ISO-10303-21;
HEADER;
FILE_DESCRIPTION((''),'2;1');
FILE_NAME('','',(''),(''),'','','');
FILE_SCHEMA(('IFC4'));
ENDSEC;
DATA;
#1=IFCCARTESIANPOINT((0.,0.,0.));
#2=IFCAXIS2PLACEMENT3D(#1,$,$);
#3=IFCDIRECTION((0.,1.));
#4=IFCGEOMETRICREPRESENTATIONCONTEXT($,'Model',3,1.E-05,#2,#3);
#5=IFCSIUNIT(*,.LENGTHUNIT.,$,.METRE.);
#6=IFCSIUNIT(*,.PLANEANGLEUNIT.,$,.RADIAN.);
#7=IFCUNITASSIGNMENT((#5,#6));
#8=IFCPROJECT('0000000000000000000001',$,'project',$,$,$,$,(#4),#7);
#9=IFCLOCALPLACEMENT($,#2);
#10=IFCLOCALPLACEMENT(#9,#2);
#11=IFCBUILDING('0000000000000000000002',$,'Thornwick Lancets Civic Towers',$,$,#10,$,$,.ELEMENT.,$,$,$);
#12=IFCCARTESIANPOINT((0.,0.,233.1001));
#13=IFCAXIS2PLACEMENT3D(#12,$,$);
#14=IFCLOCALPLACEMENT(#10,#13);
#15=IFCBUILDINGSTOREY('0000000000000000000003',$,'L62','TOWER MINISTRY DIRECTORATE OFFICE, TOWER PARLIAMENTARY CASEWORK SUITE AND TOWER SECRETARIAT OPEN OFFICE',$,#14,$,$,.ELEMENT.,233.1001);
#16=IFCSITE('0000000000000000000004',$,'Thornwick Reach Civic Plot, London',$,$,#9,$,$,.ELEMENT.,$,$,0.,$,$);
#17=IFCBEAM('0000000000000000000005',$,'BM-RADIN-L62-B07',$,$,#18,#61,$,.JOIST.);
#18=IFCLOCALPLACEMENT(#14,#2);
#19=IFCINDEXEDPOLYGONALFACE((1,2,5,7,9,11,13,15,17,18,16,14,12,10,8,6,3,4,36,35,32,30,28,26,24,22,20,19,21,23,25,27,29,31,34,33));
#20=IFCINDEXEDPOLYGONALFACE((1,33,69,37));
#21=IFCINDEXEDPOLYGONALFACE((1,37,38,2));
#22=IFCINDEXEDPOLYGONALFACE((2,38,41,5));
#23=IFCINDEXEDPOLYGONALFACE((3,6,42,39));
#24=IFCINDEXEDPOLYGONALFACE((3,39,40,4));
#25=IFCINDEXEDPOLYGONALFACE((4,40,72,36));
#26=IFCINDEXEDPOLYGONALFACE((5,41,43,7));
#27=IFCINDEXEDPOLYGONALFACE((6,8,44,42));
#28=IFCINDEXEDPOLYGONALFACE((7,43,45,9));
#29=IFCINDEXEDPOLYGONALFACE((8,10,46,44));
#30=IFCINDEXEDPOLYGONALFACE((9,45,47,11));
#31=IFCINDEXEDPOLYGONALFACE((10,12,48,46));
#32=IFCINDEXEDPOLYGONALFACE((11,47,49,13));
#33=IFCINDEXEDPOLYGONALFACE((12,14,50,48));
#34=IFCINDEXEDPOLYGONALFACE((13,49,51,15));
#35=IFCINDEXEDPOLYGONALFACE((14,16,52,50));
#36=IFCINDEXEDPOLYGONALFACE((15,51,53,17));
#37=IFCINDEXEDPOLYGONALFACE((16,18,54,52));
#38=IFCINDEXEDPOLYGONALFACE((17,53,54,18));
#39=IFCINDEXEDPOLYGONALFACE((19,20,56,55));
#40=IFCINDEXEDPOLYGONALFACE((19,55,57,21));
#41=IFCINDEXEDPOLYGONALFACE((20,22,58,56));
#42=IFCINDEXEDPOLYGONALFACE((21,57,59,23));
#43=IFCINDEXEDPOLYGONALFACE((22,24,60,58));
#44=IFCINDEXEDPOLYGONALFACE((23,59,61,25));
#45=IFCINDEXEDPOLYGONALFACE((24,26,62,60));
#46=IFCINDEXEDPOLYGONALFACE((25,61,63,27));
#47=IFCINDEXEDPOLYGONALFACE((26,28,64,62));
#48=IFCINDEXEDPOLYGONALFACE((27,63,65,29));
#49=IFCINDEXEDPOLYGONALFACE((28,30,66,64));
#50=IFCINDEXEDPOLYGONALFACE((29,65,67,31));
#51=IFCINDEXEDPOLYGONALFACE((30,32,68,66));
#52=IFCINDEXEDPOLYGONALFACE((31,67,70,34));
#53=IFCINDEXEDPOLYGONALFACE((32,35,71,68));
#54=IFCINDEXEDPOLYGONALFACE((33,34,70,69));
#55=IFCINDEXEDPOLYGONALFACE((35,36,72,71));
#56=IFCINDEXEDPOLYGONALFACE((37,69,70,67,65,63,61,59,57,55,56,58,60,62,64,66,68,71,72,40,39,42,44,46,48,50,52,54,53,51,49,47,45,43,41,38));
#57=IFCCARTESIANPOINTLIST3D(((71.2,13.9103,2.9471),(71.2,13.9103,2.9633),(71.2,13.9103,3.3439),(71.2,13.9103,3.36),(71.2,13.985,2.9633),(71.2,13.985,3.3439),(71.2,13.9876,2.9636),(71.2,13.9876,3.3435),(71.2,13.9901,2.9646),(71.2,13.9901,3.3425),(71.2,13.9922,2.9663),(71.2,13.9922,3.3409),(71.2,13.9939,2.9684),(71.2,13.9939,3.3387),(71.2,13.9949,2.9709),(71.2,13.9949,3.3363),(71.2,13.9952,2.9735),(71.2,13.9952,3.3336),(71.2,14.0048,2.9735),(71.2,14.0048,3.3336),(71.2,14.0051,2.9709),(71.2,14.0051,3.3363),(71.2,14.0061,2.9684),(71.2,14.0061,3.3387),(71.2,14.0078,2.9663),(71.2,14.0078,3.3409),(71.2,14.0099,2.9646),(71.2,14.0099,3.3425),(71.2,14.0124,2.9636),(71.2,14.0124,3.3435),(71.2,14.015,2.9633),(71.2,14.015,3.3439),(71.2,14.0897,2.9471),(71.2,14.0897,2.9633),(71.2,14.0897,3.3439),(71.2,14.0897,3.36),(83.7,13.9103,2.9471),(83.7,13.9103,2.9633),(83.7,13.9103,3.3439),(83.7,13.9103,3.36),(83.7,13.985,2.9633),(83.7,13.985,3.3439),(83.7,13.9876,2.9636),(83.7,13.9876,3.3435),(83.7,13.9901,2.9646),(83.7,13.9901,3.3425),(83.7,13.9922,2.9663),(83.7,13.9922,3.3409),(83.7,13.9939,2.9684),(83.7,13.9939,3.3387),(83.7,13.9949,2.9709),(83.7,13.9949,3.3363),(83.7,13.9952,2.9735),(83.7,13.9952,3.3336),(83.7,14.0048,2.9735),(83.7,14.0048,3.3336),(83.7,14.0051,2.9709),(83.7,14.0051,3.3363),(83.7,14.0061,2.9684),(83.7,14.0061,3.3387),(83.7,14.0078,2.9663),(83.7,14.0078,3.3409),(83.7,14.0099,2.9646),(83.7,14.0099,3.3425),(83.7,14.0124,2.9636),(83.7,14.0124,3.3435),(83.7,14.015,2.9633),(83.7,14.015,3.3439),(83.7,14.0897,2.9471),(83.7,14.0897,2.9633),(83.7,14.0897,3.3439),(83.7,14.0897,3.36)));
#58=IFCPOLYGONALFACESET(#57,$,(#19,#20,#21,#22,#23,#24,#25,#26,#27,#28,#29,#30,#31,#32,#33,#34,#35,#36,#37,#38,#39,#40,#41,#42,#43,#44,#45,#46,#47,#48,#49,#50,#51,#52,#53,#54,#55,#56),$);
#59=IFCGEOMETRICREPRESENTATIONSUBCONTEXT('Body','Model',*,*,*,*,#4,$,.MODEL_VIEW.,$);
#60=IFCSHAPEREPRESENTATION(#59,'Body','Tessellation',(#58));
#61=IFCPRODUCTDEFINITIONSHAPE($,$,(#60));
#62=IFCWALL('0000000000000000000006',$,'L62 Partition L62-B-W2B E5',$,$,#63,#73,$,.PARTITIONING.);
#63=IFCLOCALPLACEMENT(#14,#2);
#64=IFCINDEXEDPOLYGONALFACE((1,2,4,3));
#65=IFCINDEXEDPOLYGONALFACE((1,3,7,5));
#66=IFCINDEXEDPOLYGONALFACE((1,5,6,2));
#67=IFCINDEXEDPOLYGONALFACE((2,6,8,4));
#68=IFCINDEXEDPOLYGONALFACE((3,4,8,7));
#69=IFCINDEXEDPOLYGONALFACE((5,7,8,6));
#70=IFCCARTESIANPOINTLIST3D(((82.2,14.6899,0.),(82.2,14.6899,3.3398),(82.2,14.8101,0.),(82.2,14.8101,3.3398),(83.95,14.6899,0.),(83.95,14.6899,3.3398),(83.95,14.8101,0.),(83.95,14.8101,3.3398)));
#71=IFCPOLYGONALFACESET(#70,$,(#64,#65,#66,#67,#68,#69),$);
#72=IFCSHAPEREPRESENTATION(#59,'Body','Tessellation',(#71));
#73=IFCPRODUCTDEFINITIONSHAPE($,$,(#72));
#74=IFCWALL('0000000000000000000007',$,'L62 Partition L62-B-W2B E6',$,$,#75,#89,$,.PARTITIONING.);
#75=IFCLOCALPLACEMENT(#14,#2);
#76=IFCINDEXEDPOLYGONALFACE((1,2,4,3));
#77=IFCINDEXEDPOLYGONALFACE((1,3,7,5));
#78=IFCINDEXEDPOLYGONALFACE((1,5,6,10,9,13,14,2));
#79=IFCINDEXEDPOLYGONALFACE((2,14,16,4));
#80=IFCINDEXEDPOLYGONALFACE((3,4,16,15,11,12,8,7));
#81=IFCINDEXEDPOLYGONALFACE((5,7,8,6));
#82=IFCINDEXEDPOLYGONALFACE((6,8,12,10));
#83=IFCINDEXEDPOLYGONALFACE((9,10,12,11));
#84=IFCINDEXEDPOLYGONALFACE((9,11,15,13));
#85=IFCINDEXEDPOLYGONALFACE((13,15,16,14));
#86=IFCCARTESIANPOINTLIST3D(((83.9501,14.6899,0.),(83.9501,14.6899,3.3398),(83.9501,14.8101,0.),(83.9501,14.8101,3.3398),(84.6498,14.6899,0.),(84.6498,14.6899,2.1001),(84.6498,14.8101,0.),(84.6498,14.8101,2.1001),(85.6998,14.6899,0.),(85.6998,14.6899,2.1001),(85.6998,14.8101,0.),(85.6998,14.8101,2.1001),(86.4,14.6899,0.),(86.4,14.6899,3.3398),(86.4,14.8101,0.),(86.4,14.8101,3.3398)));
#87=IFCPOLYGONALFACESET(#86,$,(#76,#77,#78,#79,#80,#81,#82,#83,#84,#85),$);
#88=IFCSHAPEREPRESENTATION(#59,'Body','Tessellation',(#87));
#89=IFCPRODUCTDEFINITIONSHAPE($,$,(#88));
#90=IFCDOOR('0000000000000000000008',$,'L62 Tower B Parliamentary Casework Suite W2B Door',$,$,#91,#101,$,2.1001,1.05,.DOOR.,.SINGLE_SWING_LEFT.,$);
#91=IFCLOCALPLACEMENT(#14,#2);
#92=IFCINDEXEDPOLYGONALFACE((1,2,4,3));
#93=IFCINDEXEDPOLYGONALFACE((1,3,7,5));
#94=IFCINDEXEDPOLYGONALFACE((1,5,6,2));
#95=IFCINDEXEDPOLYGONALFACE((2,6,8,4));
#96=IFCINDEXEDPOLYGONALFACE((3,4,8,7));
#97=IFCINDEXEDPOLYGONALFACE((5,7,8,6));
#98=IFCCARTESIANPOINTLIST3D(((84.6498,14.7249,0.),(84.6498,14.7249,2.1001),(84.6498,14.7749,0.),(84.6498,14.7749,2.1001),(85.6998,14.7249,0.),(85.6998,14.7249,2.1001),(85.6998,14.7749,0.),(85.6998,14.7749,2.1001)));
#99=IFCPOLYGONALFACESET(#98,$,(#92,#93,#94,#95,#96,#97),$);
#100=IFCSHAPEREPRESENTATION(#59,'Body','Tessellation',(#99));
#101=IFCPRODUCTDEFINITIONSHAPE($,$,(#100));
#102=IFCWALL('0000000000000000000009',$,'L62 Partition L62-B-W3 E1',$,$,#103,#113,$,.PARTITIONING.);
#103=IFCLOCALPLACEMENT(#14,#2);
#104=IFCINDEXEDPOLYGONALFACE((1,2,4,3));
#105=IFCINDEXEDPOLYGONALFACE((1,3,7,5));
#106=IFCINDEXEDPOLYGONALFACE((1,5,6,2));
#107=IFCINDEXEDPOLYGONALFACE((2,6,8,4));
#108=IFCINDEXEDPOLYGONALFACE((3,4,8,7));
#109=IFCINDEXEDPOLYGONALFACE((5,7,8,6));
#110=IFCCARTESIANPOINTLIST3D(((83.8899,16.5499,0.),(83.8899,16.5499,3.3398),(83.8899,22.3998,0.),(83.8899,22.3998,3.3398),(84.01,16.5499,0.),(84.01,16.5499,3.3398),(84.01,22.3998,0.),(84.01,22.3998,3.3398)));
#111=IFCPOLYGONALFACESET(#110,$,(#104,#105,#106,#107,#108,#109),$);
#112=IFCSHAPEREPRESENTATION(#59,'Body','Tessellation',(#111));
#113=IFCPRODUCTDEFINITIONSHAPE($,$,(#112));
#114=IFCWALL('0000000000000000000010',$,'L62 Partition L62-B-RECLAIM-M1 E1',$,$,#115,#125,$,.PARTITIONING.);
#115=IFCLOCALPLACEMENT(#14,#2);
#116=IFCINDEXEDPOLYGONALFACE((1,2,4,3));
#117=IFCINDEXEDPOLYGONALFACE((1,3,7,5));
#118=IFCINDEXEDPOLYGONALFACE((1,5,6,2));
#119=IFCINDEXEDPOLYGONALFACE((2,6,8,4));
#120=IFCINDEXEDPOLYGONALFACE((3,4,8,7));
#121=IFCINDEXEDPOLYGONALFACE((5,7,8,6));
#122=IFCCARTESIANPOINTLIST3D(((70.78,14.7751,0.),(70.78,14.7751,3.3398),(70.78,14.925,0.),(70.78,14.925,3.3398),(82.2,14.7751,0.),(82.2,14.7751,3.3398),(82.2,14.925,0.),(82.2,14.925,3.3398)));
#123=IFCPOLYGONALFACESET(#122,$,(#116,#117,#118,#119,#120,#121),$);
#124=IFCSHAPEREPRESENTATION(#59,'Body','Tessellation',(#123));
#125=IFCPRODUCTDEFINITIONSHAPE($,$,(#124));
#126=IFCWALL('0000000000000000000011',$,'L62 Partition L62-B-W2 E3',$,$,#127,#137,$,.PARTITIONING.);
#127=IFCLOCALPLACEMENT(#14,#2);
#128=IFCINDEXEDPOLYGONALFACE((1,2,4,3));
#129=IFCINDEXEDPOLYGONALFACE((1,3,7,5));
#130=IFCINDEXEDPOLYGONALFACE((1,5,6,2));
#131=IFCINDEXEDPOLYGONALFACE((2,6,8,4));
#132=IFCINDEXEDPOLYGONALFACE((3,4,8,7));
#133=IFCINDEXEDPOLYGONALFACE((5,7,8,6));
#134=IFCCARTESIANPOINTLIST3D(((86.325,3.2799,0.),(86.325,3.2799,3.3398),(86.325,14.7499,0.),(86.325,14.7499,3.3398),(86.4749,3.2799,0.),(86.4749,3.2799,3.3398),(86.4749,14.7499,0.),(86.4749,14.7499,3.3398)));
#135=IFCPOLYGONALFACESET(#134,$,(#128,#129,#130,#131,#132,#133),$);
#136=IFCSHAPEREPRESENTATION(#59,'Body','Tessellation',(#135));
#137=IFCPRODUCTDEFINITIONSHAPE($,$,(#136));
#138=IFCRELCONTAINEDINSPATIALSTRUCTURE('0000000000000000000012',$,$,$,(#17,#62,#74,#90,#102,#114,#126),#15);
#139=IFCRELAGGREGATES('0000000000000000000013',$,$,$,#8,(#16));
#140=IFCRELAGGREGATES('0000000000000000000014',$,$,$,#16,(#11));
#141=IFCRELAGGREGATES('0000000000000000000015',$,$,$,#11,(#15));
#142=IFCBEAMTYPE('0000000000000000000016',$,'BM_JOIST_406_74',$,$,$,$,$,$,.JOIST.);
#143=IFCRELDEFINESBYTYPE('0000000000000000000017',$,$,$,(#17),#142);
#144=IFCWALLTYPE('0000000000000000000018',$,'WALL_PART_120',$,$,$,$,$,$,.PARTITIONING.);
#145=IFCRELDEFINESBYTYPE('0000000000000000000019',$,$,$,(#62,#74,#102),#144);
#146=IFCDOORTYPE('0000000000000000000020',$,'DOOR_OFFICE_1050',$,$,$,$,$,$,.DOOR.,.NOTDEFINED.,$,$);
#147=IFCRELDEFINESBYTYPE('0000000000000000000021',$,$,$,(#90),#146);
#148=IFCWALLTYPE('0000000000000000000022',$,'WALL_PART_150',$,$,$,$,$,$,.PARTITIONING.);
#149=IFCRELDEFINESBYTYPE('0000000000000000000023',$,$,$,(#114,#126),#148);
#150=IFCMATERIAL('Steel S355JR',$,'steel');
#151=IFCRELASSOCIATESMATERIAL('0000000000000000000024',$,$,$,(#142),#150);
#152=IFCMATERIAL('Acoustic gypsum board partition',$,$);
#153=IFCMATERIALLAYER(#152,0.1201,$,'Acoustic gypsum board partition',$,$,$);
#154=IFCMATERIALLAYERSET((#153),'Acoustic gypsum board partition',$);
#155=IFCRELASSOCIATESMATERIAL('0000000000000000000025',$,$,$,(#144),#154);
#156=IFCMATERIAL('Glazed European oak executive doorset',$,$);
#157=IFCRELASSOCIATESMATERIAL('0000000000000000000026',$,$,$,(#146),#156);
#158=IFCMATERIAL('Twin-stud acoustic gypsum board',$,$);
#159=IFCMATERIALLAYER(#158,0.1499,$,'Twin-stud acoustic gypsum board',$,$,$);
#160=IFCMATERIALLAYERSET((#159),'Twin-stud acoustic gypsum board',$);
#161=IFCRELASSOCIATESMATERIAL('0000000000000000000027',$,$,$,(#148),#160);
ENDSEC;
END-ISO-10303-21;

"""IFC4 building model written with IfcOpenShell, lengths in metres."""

from ifc_helpers import new_model, si_unit, direction, frame, frame_2d, origin, origin_2d, place, context, subcontext, project, spatial, rectangle, i_section, extrude, material, layer, layer_set, material_profile, profile_set, type_object, element, fill, save


model = new_model("IFC4")

# Units and contexts
model_context = context("Model", 3, precision=1e-05, world=origin(), true_north=direction((0.0, 1.0)))
body_context = subcontext(model_context, "Body", "Model", "MODEL_VIEW")
ifc_project = project(units=[si_unit("LENGTHUNIT", "METRE"), si_unit("PLANEANGLEUNIT", "RADIAN")], contexts=[model_context])

# Site, building, storey
site_placement = place(None, origin())
site = spatial("IfcSite", under=ifc_project, at=site_placement, Name="Thornwick Reach Civic Plot, London", CompositionType="ELEMENT", RefElevation=0.0)
building_placement = place(site_placement, origin())
building = spatial("IfcBuilding", under=site, at=building_placement, Name="Thornwick Lancets Civic Towers", CompositionType="ELEMENT")
storey_placement = place(building_placement, frame((0.0, 0.0, 233.1001)))
storey = spatial("IfcBuildingStorey", under=building, at=storey_placement, Name="L62", Description="TOWER MINISTRY DIRECTORATE OFFICE, TOWER PARLIAMENTARY CASEWORK SUITE AND TOWER SECRETARIAT OPEN OFFICE", CompositionType="ELEMENT", Elevation=233.1001)

# Shared definitions
ifc_material_1 = material(Name="Steel S355JR", Category="steel")

# Beam
ifc_material_profile_1 = material_profile(ifc_material_1, i_section(OverallWidth=0.1794, OverallDepth=0.4128, WebThickness=0.0095, FlangeThickness=0.0161, FilletRadius=0.0103, at=origin_2d()), Name="UKB 406x178x74")
ifc_profile_set_1 = profile_set([ifc_material_profile_1], Name="Steel S355JR")
beam_type_1 = type_object("IfcBeamType", Name="BM_JOIST_406_74", PredefinedType="JOIST", material=ifc_profile_set_1)
beam_1_placement = place(storey_placement, frame((83.7, 14.0, 3.1536), z_axis=(-1.0, 0.0, 0.0), x_axis=(0.0, -1.0, 0.0)))
element("IfcBeam", 1, at=beam_1_placement, inside=storey, type_object=beam_type_1, Name="BM-RADIN-L62-B07", PredefinedType="JOIST", context=body_context, shape_type="SweptSolid", body=[
    extrude(i_section(OverallWidth=0.1794, OverallDepth=0.4128, WebThickness=0.0095, FlangeThickness=0.0161, FilletRadius=0.0103, at=origin_2d()), origin(), (0.0, 0.0, 1.0), 12.5),
])

# Wall
ifc_material_2 = material(Name="Acoustic gypsum board partition")
ifc_layer_1 = layer(ifc_material_2, 0.1201, Name="Acoustic gypsum board partition")
ifc_layer_set_1 = layer_set([ifc_layer_1], Name="Acoustic gypsum board partition")
wall_type_1 = type_object("IfcWallType", Name="WALL_PART_120", PredefinedType="PARTITIONING", material=ifc_layer_set_1)
wall_1_placement = place(storey_placement, frame((82.2, 14.75, 0.0), z_axis=(0.0, 0.0, 1.0), x_axis=(1.0, 0.0, 0.0)))
element("IfcWall", 2, at=wall_1_placement, inside=storey, type_object=wall_type_1, Name="L62 Partition L62-B-W2B E5", PredefinedType="PARTITIONING", context=body_context, shape_type="SweptSolid", body=[
    extrude(rectangle(XDim=1.75, YDim=0.1201, at=frame_2d((0.875, 0.0))), origin(), (0.0, 0.0, 1.0), 3.3398),
])

# Wall, opening, door
wall_2_placement = place(storey_placement, frame((83.95, 14.75, 0.0), z_axis=(0.0, 0.0, 1.0), x_axis=(1.0, 0.0, 0.0)))
wall_2 = element("IfcWall", 3, at=wall_2_placement, inside=storey, type_object=wall_type_1, Name="L62 Partition L62-B-W2B E6", PredefinedType="PARTITIONING", context=body_context, shape_type="SweptSolid", body=[
    extrude(rectangle(XDim=2.45, YDim=0.1201, at=frame_2d((1.2251, 0.0))), origin(), (0.0, 0.0, 1.0), 3.3398),
])
opening_1_placement = place(wall_2_placement, frame((0.7, 0.0, 0.0)))
opening_1 = element("IfcOpeningElement", 4, at=opening_1_placement, cuts=wall_2, PredefinedType="OPENING", context=body_context, shape_type="SweptSolid", body=[
    extrude(rectangle(XDim=1.05, YDim=2.1001, at=frame_2d((0.5249, 1.05))), frame((0.0, 0.0701, 0.0), z_axis=(0.0, -1.0, 0.0), x_axis=(1.0, 0.0, 0.0)), (0.0, 0.0, 1.0), 0.1401),
])
ifc_material_3 = material(Name="Glazed European oak executive doorset")
door_type_1 = type_object("IfcDoorType", Name="DOOR_OFFICE_1050", OperationType="NOTDEFINED", PredefinedType="DOOR", material=ifc_material_3)
door_1_placement = place(opening_1_placement, origin())
door_1 = element("IfcDoor", 5, at=door_1_placement, inside=storey, type_object=door_type_1, Name="L62 Tower B Parliamentary Casework Suite W2B Door", OperationType="SINGLE_SWING_LEFT", OverallHeight=2.1001, OverallWidth=1.05, PredefinedType="DOOR", context=body_context, shape_type="SweptSolid", body=[
    extrude(rectangle(XDim=1.05, YDim=2.1001, at=frame_2d((0.5249, 1.05))), frame((0.0, 0.0249, 0.0), z_axis=(0.0, -1.0, 0.0), x_axis=(1.0, 0.0, 0.0)), (0.0, 0.0, 1.0), 0.05),
])
fill(opening_1, door_1)

# Walls
wall_3_placement = place(storey_placement, frame((83.95, 16.55, 0.0), z_axis=(0.0, 0.0, 1.0), x_axis=(0.0, 1.0, 0.0)))
element("IfcWall", 6, at=wall_3_placement, inside=storey, type_object=wall_type_1, Name="L62 Partition L62-B-W3 E1", PredefinedType="PARTITIONING", context=body_context, shape_type="SweptSolid", body=[
    extrude(rectangle(XDim=5.8499, YDim=0.1201, at=frame_2d((2.9248, 0.0))), origin(), (0.0, 0.0, 1.0), 3.3398),
])
ifc_material_4 = material(Name="Twin-stud acoustic gypsum board")
ifc_layer_2 = layer(ifc_material_4, 0.1499, Name="Twin-stud acoustic gypsum board")
ifc_layer_set_2 = layer_set([ifc_layer_2], Name="Twin-stud acoustic gypsum board")
wall_type_2 = type_object("IfcWallType", Name="WALL_PART_150", PredefinedType="PARTITIONING", material=ifc_layer_set_2)
wall_4_placement = place(storey_placement, frame((82.2, 14.8501, 0.0), z_axis=(0.0, 0.0, 1.0), x_axis=(-1.0, 0.0, 0.0)))
element("IfcWall", 7, at=wall_4_placement, inside=storey, type_object=wall_type_2, Name="L62 Partition L62-B-RECLAIM-M1 E1", PredefinedType="PARTITIONING", context=body_context, shape_type="SweptSolid", body=[
    extrude(rectangle(XDim=11.4199, YDim=0.1499, at=frame_2d((5.71, 0.0))), origin(), (0.0, 0.0, 1.0), 3.3398),
])
wall_5_placement = place(storey_placement, frame((86.3999, 3.28, 0.0), z_axis=(0.0, 0.0, 1.0), x_axis=(0.0, 1.0, 0.0)))
element("IfcWall", 8, at=wall_5_placement, inside=storey, type_object=wall_type_2, Name="L62 Partition L62-B-W2 E3", PredefinedType="PARTITIONING", context=body_context, shape_type="SweptSolid", body=[
    extrude(rectangle(XDim=11.47, YDim=0.1499, at=frame_2d((5.7349, 0.0))), origin(), (0.0, 0.0, 1.0), 3.3398),
])

save(model, "model.ifc")
